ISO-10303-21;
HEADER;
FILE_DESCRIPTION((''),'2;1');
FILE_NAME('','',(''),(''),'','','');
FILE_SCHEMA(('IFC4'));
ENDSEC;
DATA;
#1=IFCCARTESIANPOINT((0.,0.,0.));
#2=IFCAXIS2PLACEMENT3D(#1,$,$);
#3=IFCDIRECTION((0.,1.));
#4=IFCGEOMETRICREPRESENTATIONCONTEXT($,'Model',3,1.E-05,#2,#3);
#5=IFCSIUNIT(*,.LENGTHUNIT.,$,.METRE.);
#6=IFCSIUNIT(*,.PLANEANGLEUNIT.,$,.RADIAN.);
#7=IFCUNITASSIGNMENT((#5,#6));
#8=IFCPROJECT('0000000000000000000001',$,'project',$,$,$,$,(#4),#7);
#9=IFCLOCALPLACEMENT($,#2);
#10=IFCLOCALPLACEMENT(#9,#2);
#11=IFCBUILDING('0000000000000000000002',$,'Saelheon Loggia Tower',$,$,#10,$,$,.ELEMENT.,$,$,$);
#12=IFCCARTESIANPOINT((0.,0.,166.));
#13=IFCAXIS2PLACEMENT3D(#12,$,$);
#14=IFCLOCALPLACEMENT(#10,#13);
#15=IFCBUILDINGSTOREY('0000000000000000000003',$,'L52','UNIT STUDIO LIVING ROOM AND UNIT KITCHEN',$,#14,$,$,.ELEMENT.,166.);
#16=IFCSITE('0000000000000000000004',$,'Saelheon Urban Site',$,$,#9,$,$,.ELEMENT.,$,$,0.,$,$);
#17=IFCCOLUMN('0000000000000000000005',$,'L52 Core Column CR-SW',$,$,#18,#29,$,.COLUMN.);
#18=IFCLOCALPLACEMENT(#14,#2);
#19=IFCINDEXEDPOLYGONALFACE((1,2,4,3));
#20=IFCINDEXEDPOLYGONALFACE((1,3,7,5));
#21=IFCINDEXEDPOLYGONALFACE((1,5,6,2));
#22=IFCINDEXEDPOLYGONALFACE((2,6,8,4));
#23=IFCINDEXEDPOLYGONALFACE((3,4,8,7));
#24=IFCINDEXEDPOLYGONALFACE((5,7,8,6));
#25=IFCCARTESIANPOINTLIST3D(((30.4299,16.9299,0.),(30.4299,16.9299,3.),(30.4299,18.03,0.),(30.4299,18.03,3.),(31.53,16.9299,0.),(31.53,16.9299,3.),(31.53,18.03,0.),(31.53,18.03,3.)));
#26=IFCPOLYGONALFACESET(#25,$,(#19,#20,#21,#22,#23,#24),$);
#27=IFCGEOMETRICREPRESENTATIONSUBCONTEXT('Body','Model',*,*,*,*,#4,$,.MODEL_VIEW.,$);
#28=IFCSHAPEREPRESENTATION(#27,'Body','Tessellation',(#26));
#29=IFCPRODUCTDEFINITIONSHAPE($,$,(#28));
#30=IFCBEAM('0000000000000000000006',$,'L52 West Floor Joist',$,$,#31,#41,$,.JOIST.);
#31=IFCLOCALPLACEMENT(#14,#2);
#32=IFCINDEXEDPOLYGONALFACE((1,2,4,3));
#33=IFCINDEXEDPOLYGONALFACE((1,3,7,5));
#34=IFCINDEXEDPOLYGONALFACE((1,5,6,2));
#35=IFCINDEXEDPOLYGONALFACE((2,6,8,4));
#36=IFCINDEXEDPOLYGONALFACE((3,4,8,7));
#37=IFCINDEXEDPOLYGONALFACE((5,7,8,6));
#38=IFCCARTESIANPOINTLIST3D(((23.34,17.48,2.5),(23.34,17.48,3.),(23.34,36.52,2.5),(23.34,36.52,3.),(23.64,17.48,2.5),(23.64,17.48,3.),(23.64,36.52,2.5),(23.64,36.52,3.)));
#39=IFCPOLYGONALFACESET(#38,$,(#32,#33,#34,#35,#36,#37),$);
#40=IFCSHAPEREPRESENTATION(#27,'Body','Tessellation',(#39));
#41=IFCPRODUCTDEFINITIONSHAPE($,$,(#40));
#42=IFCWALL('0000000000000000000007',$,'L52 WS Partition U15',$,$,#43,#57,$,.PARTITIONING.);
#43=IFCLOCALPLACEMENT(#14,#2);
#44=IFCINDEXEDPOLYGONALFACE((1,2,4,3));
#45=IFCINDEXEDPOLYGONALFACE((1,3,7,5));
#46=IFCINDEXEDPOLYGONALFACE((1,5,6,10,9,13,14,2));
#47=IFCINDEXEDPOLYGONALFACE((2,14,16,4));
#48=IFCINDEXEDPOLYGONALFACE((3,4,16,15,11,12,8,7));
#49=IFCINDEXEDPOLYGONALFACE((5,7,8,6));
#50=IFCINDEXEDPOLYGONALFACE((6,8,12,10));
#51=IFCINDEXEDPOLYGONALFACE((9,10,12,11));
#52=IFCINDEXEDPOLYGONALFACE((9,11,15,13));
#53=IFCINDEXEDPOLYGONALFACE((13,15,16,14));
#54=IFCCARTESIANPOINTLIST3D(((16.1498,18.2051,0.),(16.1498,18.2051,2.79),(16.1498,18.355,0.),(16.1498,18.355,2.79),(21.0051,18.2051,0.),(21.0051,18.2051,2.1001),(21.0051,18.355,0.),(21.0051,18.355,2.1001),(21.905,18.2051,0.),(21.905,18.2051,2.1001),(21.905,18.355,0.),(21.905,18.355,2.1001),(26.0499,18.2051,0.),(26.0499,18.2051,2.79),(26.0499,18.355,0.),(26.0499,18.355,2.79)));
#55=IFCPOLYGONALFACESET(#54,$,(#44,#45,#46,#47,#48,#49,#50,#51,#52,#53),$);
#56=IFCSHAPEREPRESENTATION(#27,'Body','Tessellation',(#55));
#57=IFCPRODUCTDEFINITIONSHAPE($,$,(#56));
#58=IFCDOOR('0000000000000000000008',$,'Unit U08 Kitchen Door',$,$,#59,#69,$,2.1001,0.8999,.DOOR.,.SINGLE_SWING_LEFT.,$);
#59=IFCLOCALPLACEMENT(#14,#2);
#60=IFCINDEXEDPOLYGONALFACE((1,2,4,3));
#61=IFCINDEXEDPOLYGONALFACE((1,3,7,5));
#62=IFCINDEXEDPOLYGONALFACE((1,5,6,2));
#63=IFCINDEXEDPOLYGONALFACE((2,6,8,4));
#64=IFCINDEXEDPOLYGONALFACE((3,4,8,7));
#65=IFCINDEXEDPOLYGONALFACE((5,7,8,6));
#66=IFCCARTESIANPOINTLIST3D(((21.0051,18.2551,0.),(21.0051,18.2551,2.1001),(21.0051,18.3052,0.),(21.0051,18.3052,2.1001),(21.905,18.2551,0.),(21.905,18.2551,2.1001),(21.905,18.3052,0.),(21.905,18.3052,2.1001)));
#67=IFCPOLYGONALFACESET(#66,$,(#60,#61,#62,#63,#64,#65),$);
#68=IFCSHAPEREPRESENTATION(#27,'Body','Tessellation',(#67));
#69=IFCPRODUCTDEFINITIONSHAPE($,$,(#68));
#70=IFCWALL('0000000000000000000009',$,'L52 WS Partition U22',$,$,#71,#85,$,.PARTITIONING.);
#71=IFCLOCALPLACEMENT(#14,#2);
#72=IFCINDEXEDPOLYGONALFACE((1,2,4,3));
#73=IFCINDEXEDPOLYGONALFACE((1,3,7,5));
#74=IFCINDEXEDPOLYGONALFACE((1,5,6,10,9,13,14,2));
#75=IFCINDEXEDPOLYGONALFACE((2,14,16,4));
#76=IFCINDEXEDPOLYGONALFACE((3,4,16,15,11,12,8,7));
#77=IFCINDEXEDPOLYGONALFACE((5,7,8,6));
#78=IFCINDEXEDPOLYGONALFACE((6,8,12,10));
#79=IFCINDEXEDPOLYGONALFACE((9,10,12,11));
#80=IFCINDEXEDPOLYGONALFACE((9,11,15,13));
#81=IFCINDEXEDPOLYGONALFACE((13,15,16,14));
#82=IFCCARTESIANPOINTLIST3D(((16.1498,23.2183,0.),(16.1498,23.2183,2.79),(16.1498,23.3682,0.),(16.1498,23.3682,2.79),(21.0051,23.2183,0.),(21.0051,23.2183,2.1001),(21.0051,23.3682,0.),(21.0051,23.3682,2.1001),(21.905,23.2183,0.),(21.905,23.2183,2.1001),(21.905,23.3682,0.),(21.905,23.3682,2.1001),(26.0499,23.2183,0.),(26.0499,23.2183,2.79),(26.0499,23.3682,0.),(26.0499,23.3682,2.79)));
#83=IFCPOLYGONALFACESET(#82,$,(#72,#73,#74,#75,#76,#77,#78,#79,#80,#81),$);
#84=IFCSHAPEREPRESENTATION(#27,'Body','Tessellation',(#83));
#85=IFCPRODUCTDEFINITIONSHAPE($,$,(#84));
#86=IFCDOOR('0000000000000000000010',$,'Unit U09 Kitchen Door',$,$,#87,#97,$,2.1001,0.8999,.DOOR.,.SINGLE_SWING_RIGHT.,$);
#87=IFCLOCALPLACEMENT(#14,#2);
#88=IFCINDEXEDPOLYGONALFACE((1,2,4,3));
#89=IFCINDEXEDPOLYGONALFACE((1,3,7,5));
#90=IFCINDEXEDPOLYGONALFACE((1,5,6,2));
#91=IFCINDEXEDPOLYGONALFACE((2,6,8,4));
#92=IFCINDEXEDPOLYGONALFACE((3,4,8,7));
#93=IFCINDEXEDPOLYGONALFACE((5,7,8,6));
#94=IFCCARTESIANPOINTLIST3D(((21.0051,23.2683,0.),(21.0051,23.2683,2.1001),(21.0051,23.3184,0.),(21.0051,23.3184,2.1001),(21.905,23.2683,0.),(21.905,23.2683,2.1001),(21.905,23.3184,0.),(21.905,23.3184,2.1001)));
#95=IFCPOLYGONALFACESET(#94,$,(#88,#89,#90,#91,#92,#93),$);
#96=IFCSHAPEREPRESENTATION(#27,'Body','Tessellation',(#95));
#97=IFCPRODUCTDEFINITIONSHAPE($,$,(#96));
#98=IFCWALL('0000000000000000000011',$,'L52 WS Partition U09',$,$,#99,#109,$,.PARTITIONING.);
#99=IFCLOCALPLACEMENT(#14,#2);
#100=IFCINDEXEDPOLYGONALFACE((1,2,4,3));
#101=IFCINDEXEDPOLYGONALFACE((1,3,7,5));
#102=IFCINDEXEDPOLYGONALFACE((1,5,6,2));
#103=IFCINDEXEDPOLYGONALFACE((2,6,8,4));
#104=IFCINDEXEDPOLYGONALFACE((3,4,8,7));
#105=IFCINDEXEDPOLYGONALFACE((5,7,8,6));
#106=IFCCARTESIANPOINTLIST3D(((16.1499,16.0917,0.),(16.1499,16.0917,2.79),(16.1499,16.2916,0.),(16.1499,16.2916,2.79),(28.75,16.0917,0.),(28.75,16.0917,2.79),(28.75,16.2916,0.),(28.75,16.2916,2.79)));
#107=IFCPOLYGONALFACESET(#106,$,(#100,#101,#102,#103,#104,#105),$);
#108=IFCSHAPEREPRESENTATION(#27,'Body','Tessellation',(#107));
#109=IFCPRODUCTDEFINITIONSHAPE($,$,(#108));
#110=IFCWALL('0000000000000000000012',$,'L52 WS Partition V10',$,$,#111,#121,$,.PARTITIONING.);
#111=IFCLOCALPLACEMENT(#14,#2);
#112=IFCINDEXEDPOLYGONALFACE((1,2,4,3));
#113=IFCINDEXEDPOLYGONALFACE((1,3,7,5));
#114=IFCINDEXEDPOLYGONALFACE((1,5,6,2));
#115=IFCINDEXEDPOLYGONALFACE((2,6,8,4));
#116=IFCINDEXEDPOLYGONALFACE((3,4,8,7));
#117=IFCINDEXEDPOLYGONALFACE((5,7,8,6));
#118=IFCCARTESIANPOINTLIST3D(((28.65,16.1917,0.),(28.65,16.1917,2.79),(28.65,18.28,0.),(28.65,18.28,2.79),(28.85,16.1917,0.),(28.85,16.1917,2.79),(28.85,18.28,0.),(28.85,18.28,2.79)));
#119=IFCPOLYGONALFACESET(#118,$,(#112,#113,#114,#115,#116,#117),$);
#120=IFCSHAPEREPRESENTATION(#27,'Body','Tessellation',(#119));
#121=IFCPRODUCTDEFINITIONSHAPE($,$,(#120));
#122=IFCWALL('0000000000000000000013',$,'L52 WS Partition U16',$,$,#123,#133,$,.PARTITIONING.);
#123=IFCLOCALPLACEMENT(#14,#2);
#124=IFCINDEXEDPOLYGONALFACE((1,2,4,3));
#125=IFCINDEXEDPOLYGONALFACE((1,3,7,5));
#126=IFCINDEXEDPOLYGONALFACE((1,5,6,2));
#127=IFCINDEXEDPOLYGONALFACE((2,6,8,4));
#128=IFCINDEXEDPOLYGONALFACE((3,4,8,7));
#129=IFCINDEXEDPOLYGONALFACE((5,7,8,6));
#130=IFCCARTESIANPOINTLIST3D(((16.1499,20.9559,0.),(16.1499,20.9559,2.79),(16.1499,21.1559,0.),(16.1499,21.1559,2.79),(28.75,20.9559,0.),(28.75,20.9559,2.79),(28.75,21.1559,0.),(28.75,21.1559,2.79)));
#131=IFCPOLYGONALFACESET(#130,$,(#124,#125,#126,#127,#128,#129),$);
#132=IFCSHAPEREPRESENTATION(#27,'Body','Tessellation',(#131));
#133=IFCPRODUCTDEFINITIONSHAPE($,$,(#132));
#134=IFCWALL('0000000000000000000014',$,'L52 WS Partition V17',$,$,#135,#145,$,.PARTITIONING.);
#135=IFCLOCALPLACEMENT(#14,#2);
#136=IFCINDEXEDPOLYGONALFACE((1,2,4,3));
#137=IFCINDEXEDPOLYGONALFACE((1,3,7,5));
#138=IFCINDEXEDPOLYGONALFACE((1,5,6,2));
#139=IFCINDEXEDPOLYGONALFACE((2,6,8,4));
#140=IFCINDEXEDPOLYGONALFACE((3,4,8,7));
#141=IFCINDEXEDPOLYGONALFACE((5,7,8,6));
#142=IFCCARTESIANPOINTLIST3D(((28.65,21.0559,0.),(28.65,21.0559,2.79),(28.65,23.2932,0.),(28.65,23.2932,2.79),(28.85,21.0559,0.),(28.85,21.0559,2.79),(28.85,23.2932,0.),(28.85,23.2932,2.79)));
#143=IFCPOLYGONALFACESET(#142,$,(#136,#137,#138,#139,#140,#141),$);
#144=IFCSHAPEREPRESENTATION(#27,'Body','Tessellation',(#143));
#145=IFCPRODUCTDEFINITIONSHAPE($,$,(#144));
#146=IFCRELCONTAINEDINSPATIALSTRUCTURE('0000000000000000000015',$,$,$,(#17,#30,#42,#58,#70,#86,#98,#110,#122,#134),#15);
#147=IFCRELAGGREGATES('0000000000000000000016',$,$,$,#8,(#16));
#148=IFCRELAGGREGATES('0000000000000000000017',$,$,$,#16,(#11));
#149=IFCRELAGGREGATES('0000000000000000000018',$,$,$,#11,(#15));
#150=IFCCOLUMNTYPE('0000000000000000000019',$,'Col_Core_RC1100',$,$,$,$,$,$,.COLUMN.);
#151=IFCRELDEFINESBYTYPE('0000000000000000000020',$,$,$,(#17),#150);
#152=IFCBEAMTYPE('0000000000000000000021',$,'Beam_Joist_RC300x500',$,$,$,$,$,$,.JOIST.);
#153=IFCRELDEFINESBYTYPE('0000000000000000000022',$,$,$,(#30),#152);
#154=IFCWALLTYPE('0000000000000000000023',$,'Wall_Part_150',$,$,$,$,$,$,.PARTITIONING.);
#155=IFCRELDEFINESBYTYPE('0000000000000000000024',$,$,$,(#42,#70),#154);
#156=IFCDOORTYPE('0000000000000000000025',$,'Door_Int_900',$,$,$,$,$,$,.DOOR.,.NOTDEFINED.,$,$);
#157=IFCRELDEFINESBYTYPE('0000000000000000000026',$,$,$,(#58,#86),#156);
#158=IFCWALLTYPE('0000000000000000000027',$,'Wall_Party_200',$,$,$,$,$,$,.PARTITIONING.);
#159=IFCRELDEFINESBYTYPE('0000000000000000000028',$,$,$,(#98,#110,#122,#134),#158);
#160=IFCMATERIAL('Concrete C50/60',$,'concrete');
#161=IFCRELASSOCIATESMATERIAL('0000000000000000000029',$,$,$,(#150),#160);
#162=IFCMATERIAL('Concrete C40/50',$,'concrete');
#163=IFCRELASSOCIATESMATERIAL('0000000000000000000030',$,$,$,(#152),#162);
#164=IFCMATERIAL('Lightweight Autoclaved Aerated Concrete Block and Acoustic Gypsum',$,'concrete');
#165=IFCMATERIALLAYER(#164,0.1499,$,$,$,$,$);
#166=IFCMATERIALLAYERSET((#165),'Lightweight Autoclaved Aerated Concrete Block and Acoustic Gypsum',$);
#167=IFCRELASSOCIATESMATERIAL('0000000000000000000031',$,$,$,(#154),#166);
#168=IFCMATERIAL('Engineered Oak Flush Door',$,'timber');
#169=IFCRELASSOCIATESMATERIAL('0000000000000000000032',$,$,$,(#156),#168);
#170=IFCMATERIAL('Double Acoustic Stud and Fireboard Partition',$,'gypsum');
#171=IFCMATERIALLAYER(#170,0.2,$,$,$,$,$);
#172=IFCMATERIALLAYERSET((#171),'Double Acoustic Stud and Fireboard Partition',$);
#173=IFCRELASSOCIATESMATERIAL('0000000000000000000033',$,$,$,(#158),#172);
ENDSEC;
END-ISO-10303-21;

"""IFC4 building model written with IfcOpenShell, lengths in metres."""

from ifc_helpers import new_model, si_unit, direction, frame, frame_2d, origin, origin_2d, place, context, subcontext, project, spatial, rectangle, extrude, source, transform, mapped, material, layer, layer_set, material_profile, profile_set, type_object, element, fill, save


model = new_model("IFC4")

# Units and contexts
model_context = context("Model", 3, precision=1e-05, world=origin(), true_north=direction((0.0, 1.0)))
body_context = subcontext(model_context, "Body", "Model", "MODEL_VIEW")
ifc_project = project(units=[si_unit("LENGTHUNIT", "METRE"), si_unit("PLANEANGLEUNIT", "RADIAN")], contexts=[model_context])

# Site, building, storey
site_placement = place(None, origin())
site = spatial("IfcSite", under=ifc_project, at=site_placement, Name="Saelheon Urban Site", CompositionType="ELEMENT", RefElevation=0.0)
building_placement = place(site_placement, origin())
building = spatial("IfcBuilding", under=site, at=building_placement, Name="Saelheon Loggia Tower", CompositionType="ELEMENT")
storey_placement = place(building_placement, frame((0.0, 0.0, 166.0)))
storey = spatial("IfcBuildingStorey", under=building, at=storey_placement, Name="L52", Description="UNIT STUDIO LIVING ROOM AND UNIT KITCHEN", CompositionType="ELEMENT", Elevation=166.0)

# Column
ifc_material_1 = material(Name="Concrete C50/60", Category="concrete")
ifc_material_profile_1 = material_profile(ifc_material_1, rectangle(XDim=1.1001, YDim=1.1001, at=origin_2d()), Name="RC-1100x1100")
ifc_profile_set_1 = profile_set([ifc_material_profile_1], Name="Concrete C50/60")
column_type = type_object("IfcColumnType", Name="Col_Core_RC1100", PredefinedType="COLUMN", material=ifc_profile_set_1)
shared_shape_1 = source(origin(), body_context, "Body", "SweptSolid", [
    extrude(rectangle(XDim=1.1001, YDim=1.1001, at=origin_2d()), origin(), (0.0, 0.0, 1.0), 3.0),
])
column_placement = place(storey_placement, frame((30.98, 17.48, 0.0), z_axis=(0.0, 0.0, 1.0), x_axis=(1.0, 0.0, 0.0)))
element("IfcColumn", 1, at=column_placement, inside=storey, type_object=column_type, Name="L52 Core Column CR-SW", PredefinedType="COLUMN", context=body_context, shape_type="MappedRepresentation", body=[
    mapped(shared_shape_1, transform((0.0, 0.0, 0.0), scale=1.0)),
])

# Beam
ifc_material_2 = material(Name="Concrete C40/50", Category="concrete")
ifc_material_profile_2 = material_profile(ifc_material_2, rectangle(XDim=0.3, YDim=0.5, at=origin_2d()), Name="RC-300x500")
ifc_profile_set_2 = profile_set([ifc_material_profile_2], Name="Concrete C40/50")
beam_type = type_object("IfcBeamType", Name="Beam_Joist_RC300x500", PredefinedType="JOIST", material=ifc_profile_set_2)
shared_shape_2 = source(origin(), body_context, "Body", "SweptSolid", [
    extrude(rectangle(XDim=0.3, YDim=0.5, at=origin_2d()), origin(), (0.0, 0.0, 1.0), 19.04),
])
beam_placement = place(storey_placement, frame((23.49, 17.48, 2.75), z_axis=(0.0, 1.0, 0.0), x_axis=(-1.0, 0.0, 0.0)))
element("IfcBeam", 2, at=beam_placement, inside=storey, type_object=beam_type, Name="L52 West Floor Joist", PredefinedType="JOIST", context=body_context, shape_type="MappedRepresentation", body=[
    mapped(shared_shape_2, transform((0.0, 0.0, 0.0), scale=1.0)),
])

# Walls, openings, doors
ifc_material_3 = material(Name="Lightweight Autoclaved Aerated Concrete Block and Acoustic Gypsum", Category="concrete")
ifc_layer_1 = layer(ifc_material_3, 0.1499)
ifc_layer_set_1 = layer_set([ifc_layer_1], Name="Lightweight Autoclaved Aerated Concrete Block and Acoustic Gypsum")
wall_type_1 = type_object("IfcWallType", Name="Wall_Part_150", PredefinedType="PARTITIONING", material=ifc_layer_set_1)
wall_1_placement = place(storey_placement, frame((26.05, 18.28, 0.0), z_axis=(0.0, 0.0, 1.0), x_axis=(-1.0, 0.0, 0.0)))
wall_1 = element("IfcWall", 3, at=wall_1_placement, inside=storey, type_object=wall_type_1, Name="L52 WS Partition U15", PredefinedType="PARTITIONING", context=body_context, shape_type="SweptSolid", body=[
    extrude(rectangle(XDim=9.9001, YDim=0.1499, at=frame_2d((4.9502, 0.0))), origin(), (0.0, 0.0, 1.0), 2.79),
])
opening_1_placement = place(wall_1_placement, frame((4.145, 0.0, 0.0)))
opening_1 = element("IfcOpeningElement", 4, at=opening_1_placement, cuts=wall_1, PredefinedType="OPENING", context=body_context, shape_type="SweptSolid", body=[
    extrude(rectangle(XDim=0.8999, YDim=2.1001, at=frame_2d((0.45, 1.05))), frame((0.0, 0.0869, 0.0), z_axis=(0.0, -1.0, 0.0), x_axis=(1.0, 0.0, 0.0)), (0.0, 0.0, 1.0), 0.1738),
])
ifc_material_4 = material(Name="Engineered Oak Flush Door", Category="timber")
door_type_1 = type_object("IfcDoorType", Name="Door_Int_900", OperationType="NOTDEFINED", PredefinedType="DOOR", material=ifc_material_4)
shared_shape_3 = source(origin(), body_context, "Body", "SweptSolid", [
    extrude(rectangle(XDim=0.8999, YDim=2.1001, at=frame_2d((0.45, 1.05))), frame((0.0, 0.0249, 0.0), z_axis=(0.0, -1.0, 0.0), x_axis=(1.0, 0.0, 0.0)), (0.0, 0.0, 1.0), 0.05),
])
door_1_placement = place(opening_1_placement, origin())
door_1 = element("IfcDoor", 5, at=door_1_placement, inside=storey, type_object=door_type_1, Name="Unit U08 Kitchen Door", OperationType="SINGLE_SWING_LEFT", OverallHeight=2.1001, OverallWidth=0.8999, PredefinedType="DOOR", context=body_context, shape_type="MappedRepresentation", body=[
    mapped(shared_shape_3, transform((0.0, 0.0, 0.0), scale=1.0)),
])
fill(opening_1, door_1)
wall_2_placement = place(storey_placement, frame((26.05, 23.2932, 0.0), z_axis=(0.0, 0.0, 1.0), x_axis=(-1.0, 0.0, 0.0)))
wall_2 = element("IfcWall", 6, at=wall_2_placement, inside=storey, type_object=wall_type_1, Name="L52 WS Partition U22", PredefinedType="PARTITIONING", context=body_context, shape_type="SweptSolid", body=[
    extrude(rectangle(XDim=9.9001, YDim=0.1499, at=frame_2d((4.9502, 0.0))), origin(), (0.0, 0.0, 1.0), 2.79),
])
opening_2_placement = place(wall_2_placement, frame((4.145, 0.0, 0.0)))
opening_2 = element("IfcOpeningElement", 7, at=opening_2_placement, cuts=wall_2, PredefinedType="OPENING", context=body_context, shape_type="SweptSolid", body=[
    extrude(rectangle(XDim=0.8999, YDim=2.1001, at=frame_2d((0.45, 1.05))), frame((0.0, 0.0869, 0.0), z_axis=(0.0, -1.0, 0.0), x_axis=(1.0, 0.0, 0.0)), (0.0, 0.0, 1.0), 0.1738),
])
door_2_placement = place(opening_2_placement, origin())
door_2 = element("IfcDoor", 8, at=door_2_placement, inside=storey, type_object=door_type_1, Name="Unit U09 Kitchen Door", OperationType="SINGLE_SWING_RIGHT", OverallHeight=2.1001, OverallWidth=0.8999, PredefinedType="DOOR", context=body_context, shape_type="MappedRepresentation", body=[
    mapped(shared_shape_3, transform((0.0, 0.0, 0.0), scale=1.0)),
])
fill(opening_2, door_2)

# Walls
ifc_material_5 = material(Name="Double Acoustic Stud and Fireboard Partition", Category="gypsum")
ifc_layer_2 = layer(ifc_material_5, 0.2)
ifc_layer_set_2 = layer_set([ifc_layer_2], Name="Double Acoustic Stud and Fireboard Partition")
wall_type_2 = type_object("IfcWallType", Name="Wall_Party_200", PredefinedType="PARTITIONING", material=ifc_layer_set_2)
wall_3_placement = place(storey_placement, frame((28.75, 16.1917, 0.0), z_axis=(0.0, 0.0, 1.0), x_axis=(-1.0, 0.0, 0.0)))
element("IfcWall", 9, at=wall_3_placement, inside=storey, type_object=wall_type_2, Name="L52 WS Partition U09", PredefinedType="PARTITIONING", context=body_context, shape_type="SweptSolid", body=[
    extrude(rectangle(XDim=12.6001, YDim=0.2, at=frame_2d((6.3, 0.0))), origin(), (0.0, 0.0, 1.0), 2.79),
])
wall_4_placement = place(storey_placement, frame((28.75, 16.1917, 0.0), z_axis=(0.0, 0.0, 1.0), x_axis=(0.0, 1.0, 0.0)))
element("IfcWall", 10, at=wall_4_placement, inside=storey, type_object=wall_type_2, Name="L52 WS Partition V10", PredefinedType="PARTITIONING", context=body_context, shape_type="SweptSolid", body=[
    extrude(rectangle(XDim=2.0884, YDim=0.2, at=frame_2d((1.0442, 0.0))), origin(), (0.0, 0.0, 1.0), 2.79),
])

# Walls
wall_5_placement = place(storey_placement, frame((28.75, 21.0559, 0.0), z_axis=(0.0, 0.0, 1.0), x_axis=(-1.0, 0.0, 0.0)))
element("IfcWall", 11, at=wall_5_placement, inside=storey, type_object=wall_type_2, Name="L52 WS Partition U16", PredefinedType="PARTITIONING", context=body_context, shape_type="SweptSolid", body=[
    extrude(rectangle(XDim=12.6001, YDim=0.2, at=frame_2d((6.3, 0.0))), origin(), (0.0, 0.0, 1.0), 2.79),
])
wall_6_placement = place(storey_placement, frame((28.75, 21.0559, 0.0), z_axis=(0.0, 0.0, 1.0), x_axis=(0.0, 1.0, 0.0)))
element("IfcWall", 12, at=wall_6_placement, inside=storey, type_object=wall_type_2, Name="L52 WS Partition V17", PredefinedType="PARTITIONING", context=body_context, shape_type="SweptSolid", body=[
    extrude(rectangle(XDim=2.2373, YDim=0.2, at=frame_2d((1.1187, 0.0))), origin(), (0.0, 0.0, 1.0), 2.79),
])

save(model, "model.ifc")
